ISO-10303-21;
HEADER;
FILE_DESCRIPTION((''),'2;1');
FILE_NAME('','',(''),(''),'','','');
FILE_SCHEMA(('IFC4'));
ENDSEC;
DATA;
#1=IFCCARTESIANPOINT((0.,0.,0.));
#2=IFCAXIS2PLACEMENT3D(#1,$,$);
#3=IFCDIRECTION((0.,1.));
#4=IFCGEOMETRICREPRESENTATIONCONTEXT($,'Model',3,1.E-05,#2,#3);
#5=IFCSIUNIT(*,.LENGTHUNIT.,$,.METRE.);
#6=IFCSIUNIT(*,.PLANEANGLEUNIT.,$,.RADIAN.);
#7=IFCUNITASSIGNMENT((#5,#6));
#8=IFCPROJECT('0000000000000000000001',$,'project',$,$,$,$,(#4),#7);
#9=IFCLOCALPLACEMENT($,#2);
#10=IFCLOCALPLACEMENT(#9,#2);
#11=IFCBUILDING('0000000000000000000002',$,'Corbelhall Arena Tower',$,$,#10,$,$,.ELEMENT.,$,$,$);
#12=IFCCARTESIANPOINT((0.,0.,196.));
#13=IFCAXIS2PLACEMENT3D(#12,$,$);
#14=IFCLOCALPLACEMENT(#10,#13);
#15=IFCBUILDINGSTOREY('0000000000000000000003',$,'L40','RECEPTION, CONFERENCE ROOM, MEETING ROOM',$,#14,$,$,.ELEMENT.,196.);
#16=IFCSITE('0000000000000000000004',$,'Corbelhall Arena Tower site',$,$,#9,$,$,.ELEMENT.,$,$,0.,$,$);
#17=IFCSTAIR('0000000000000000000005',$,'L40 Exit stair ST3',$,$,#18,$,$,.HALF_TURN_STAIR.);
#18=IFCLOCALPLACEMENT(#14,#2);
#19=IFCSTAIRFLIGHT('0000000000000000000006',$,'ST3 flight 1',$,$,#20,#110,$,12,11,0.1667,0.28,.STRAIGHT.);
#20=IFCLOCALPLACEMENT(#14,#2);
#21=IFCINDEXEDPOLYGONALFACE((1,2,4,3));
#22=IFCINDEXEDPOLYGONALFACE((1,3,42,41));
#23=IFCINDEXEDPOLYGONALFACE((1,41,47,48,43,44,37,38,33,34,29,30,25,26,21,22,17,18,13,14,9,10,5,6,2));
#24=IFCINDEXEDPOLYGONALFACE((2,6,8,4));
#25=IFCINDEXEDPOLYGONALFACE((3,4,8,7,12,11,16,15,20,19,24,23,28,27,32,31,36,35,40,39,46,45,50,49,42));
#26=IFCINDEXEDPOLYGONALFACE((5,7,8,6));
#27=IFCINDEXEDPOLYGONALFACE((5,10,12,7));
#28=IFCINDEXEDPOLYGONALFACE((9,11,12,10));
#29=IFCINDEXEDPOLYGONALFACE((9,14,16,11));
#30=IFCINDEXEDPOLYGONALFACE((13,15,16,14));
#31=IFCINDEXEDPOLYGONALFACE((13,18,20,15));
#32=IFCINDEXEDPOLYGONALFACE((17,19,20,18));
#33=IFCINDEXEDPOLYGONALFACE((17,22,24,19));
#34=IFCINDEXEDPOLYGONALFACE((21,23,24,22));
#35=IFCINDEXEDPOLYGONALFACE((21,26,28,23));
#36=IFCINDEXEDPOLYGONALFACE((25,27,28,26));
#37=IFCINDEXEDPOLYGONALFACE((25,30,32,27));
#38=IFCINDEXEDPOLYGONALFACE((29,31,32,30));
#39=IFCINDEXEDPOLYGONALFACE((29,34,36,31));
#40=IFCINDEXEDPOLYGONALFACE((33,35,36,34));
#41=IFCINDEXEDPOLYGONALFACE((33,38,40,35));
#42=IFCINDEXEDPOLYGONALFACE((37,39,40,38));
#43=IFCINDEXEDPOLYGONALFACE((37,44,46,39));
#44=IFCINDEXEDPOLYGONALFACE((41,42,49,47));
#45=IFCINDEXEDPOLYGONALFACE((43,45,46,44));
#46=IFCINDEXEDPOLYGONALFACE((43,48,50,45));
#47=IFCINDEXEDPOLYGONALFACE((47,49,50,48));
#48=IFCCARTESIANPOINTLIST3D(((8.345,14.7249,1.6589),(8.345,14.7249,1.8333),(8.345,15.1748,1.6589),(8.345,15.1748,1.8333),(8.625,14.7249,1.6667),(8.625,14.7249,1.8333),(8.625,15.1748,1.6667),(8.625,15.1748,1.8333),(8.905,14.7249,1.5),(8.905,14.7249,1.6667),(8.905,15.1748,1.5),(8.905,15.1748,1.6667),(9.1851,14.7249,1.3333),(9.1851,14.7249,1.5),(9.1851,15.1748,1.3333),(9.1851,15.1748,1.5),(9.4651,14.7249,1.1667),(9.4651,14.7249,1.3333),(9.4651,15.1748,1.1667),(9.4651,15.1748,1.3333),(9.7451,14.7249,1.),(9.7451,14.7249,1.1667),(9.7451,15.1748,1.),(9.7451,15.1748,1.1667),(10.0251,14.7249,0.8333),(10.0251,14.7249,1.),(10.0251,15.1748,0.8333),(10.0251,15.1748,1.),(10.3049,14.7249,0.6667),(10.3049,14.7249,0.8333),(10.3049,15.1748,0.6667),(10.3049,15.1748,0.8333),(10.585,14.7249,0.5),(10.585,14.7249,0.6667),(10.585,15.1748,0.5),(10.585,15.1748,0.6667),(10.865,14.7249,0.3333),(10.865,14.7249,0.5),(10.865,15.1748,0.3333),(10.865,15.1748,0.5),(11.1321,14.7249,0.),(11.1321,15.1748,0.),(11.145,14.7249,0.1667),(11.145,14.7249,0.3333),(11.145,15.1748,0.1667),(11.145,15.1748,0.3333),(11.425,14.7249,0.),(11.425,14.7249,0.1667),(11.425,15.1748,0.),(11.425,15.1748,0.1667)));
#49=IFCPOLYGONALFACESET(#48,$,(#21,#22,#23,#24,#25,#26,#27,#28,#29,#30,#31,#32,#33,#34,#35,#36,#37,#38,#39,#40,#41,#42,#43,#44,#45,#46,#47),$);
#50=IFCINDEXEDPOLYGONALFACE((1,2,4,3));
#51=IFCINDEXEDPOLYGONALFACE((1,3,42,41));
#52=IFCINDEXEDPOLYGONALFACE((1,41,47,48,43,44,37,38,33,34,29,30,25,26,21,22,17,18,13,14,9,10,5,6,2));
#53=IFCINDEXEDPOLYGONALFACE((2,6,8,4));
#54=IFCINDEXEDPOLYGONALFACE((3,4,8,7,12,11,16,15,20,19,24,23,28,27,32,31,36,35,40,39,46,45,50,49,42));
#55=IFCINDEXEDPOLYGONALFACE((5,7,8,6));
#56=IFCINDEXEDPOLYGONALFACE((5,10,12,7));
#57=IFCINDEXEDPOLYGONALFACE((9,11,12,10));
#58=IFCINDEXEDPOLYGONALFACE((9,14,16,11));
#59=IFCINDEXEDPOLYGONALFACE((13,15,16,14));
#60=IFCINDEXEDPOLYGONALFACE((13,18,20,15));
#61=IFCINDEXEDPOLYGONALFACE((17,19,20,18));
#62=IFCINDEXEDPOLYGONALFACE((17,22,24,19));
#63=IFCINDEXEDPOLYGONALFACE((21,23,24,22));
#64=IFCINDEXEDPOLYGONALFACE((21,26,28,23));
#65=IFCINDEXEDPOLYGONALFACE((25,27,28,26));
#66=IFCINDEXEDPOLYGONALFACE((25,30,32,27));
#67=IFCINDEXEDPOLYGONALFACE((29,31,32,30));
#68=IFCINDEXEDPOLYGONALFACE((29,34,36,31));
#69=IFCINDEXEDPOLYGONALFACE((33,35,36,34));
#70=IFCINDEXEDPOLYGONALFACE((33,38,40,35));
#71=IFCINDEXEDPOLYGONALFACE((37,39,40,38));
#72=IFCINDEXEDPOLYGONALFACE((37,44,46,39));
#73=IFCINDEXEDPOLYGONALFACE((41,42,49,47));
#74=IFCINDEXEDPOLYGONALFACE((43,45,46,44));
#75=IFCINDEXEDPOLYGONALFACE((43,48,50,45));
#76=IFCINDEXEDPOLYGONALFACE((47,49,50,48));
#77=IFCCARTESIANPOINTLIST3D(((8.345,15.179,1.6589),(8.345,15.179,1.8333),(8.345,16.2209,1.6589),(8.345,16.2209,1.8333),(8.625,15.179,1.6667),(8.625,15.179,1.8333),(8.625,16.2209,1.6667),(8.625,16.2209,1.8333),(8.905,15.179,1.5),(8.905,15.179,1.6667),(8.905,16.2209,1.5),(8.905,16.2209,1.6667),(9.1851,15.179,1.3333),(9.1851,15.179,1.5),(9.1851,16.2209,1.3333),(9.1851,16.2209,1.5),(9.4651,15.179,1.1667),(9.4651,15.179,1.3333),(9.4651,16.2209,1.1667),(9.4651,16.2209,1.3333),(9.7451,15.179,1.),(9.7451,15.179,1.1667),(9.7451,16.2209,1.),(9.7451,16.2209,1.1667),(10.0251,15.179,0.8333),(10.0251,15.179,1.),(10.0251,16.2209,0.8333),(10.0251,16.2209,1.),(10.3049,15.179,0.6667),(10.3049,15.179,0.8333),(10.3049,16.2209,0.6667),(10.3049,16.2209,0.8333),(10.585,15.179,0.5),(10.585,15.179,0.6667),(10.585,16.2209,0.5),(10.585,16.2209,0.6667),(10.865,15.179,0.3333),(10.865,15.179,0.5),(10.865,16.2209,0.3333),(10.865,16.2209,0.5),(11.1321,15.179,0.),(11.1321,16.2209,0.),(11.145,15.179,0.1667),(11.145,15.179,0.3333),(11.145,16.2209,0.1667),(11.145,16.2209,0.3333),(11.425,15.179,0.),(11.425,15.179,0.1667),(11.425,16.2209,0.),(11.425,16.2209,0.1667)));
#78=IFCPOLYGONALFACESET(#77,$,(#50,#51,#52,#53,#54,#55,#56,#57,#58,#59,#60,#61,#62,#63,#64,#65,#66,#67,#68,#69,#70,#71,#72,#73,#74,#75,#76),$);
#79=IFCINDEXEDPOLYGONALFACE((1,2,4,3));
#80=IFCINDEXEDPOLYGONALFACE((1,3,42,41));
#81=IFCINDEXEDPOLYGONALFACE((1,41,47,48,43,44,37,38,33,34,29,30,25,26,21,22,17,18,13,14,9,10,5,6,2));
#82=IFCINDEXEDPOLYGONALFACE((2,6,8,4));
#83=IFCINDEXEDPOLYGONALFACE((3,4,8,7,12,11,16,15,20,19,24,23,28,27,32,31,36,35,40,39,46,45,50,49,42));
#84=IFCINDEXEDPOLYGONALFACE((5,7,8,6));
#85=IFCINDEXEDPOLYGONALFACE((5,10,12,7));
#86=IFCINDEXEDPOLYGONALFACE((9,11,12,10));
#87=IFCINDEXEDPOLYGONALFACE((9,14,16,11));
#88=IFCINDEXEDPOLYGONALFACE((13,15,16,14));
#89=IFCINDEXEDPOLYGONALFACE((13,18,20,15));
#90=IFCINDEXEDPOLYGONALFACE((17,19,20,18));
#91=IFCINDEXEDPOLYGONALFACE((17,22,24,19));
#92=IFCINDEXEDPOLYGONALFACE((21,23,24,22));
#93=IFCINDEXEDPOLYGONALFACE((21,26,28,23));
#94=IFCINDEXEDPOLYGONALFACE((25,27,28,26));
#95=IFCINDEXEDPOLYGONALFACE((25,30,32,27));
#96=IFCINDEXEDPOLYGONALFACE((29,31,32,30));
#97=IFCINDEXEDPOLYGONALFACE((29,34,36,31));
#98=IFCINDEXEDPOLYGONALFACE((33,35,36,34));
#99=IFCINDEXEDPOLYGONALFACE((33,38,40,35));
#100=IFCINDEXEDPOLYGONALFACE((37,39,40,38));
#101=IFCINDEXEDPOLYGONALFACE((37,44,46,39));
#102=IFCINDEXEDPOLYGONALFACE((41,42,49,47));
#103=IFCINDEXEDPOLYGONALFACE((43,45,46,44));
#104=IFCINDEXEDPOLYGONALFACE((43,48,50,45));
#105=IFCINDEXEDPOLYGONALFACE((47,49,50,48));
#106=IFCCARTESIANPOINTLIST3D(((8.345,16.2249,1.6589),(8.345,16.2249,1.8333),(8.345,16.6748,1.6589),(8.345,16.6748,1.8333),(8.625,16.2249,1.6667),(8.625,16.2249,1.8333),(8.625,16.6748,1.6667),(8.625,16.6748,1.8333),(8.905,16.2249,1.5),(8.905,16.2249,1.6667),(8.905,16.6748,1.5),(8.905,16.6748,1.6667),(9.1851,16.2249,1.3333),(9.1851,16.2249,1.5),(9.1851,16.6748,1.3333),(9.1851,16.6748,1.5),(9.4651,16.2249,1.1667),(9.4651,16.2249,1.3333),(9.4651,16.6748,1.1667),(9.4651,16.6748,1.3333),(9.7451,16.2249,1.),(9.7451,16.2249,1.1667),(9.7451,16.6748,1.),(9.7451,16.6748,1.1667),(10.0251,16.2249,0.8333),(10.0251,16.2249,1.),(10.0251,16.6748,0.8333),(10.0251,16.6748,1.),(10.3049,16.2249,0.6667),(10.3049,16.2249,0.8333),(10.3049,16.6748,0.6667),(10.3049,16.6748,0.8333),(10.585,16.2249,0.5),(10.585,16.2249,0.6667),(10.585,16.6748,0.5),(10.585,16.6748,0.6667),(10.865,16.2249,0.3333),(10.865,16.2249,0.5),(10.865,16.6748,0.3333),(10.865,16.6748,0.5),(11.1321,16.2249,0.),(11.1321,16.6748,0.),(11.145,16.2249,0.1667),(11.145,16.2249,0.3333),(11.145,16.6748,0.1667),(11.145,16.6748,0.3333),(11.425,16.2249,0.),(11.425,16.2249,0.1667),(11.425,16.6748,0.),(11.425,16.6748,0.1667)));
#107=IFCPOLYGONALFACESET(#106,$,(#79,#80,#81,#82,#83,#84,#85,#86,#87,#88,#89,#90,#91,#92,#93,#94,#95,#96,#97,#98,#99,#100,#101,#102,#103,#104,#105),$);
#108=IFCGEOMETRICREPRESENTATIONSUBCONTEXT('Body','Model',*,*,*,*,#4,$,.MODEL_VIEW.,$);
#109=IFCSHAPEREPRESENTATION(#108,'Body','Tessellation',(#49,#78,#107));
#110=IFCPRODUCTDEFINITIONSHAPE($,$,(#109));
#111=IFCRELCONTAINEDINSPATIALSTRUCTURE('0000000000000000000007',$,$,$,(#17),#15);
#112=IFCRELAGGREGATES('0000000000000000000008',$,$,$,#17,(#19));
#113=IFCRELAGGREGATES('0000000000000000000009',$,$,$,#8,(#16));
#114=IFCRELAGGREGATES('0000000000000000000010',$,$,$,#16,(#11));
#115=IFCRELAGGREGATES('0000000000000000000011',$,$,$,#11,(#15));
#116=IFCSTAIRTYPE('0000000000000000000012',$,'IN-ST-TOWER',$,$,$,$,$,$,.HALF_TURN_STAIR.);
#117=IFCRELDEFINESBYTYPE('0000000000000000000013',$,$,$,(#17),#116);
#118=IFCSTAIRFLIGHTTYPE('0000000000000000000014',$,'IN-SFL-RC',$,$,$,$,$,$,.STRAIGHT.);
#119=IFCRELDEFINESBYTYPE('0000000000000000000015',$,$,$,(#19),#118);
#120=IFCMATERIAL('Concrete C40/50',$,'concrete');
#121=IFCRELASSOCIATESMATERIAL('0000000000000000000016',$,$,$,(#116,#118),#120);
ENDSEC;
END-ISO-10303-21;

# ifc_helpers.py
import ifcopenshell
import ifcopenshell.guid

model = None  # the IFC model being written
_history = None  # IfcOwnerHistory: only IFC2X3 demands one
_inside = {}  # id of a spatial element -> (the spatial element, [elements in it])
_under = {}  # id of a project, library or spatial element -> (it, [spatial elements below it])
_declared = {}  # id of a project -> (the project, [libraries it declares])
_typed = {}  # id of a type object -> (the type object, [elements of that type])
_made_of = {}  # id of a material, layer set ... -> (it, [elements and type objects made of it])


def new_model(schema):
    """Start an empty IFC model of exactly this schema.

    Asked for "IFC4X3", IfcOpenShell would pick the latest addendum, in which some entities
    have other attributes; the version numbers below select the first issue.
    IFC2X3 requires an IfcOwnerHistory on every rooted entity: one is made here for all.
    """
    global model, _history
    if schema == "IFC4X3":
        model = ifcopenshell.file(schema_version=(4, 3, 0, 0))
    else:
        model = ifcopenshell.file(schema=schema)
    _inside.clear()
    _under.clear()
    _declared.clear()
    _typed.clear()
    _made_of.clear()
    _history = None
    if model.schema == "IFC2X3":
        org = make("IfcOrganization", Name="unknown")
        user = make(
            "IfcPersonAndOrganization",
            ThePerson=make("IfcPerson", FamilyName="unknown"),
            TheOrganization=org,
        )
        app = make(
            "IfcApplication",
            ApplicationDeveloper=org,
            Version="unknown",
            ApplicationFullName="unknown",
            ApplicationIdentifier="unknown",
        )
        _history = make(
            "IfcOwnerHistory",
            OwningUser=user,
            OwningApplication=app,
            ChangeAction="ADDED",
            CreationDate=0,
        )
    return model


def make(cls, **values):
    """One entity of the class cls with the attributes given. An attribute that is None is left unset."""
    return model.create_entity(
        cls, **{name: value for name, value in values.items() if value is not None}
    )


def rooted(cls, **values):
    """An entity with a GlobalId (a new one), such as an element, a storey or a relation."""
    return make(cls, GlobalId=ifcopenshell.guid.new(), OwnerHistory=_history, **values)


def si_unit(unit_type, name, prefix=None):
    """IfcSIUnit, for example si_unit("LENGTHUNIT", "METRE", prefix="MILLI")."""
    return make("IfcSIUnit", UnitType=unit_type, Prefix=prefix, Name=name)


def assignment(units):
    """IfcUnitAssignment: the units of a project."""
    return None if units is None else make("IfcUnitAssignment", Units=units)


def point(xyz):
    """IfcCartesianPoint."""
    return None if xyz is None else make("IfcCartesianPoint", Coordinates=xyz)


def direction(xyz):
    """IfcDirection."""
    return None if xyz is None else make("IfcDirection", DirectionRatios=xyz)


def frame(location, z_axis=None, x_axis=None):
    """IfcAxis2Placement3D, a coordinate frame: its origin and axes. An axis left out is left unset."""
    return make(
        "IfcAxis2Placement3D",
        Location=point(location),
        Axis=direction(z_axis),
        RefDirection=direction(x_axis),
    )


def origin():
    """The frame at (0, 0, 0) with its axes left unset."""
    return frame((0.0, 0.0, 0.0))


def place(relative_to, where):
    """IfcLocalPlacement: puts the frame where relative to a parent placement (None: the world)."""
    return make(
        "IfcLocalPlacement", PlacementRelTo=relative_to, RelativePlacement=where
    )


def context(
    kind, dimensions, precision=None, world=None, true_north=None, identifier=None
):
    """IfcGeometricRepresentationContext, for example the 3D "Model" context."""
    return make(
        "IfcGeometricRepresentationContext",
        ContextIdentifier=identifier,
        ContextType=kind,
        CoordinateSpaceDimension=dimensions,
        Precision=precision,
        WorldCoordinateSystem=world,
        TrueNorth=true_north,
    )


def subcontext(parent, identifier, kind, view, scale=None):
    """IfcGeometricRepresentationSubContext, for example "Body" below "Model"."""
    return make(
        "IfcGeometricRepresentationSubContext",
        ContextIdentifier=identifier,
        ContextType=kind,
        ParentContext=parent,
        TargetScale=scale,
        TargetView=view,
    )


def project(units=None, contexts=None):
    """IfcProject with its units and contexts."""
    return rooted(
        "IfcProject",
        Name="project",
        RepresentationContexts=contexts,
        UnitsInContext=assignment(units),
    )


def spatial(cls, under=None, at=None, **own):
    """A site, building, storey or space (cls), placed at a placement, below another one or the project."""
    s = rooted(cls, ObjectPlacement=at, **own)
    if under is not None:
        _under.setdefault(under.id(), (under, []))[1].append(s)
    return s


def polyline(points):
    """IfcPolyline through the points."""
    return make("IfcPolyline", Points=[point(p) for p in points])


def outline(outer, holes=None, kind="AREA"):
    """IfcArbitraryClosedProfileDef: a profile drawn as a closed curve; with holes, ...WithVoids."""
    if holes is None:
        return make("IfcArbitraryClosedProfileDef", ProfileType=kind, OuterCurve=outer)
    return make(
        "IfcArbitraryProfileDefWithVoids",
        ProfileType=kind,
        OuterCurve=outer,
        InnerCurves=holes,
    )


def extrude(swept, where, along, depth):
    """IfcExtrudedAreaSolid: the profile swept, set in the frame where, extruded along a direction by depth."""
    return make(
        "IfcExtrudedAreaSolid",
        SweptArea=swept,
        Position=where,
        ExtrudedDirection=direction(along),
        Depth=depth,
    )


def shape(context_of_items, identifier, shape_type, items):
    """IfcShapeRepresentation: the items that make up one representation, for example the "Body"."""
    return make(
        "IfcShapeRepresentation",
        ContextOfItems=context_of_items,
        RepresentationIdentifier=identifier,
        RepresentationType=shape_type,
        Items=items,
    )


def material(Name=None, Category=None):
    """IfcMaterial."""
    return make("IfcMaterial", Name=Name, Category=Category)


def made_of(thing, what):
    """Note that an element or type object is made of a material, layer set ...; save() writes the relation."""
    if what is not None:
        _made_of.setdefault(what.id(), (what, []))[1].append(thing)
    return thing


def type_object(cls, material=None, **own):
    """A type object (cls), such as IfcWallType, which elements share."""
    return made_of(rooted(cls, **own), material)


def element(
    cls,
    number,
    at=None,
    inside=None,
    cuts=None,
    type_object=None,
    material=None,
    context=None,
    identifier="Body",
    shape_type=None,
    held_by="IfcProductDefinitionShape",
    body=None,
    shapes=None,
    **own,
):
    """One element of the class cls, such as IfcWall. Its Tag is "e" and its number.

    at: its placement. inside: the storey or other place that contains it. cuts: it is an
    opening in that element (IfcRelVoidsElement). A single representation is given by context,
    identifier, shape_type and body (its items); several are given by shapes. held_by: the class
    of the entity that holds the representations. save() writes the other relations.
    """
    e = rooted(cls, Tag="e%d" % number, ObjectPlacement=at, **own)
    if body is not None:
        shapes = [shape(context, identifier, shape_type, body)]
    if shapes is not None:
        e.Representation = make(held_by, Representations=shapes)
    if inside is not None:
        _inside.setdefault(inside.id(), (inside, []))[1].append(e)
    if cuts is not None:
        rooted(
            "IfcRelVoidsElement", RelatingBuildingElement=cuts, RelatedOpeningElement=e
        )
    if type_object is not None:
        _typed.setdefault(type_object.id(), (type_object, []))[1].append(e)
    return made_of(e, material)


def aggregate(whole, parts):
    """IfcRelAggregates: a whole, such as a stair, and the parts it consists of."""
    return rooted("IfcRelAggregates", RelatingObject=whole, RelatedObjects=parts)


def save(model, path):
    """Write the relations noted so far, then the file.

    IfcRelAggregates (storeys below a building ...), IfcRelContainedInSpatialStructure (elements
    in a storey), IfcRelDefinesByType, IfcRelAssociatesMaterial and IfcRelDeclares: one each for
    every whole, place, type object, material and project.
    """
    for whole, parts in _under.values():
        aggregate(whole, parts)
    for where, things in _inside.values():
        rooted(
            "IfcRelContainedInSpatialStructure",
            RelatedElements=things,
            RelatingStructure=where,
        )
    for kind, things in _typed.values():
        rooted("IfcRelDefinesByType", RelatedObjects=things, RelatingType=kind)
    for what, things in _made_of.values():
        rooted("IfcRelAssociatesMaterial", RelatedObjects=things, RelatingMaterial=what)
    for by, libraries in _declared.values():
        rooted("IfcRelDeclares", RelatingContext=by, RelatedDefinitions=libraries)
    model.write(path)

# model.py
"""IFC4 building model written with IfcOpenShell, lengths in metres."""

from ifc_helpers import new_model, si_unit, direction, frame, origin, place, context, subcontext, project, spatial, polyline, outline, extrude, material, type_object, element, aggregate, save


model = new_model("IFC4")

# Units and contexts
model_context = context("Model", 3, precision=1e-05, world=origin(), true_north=direction((0.0, 1.0)))
body_context = subcontext(model_context, "Body", "Model", "MODEL_VIEW")
ifc_project = project(units=[si_unit("LENGTHUNIT", "METRE"), si_unit("PLANEANGLEUNIT", "RADIAN")], contexts=[model_context])

# Site, building, storey
site_placement = place(None, origin())
site = spatial("IfcSite", under=ifc_project, at=site_placement, Name="Corbelhall Arena Tower site", CompositionType="ELEMENT", RefElevation=0.0)
building_placement = place(site_placement, origin())
building = spatial("IfcBuilding", under=site, at=building_placement, Name="Corbelhall Arena Tower", CompositionType="ELEMENT")
storey_placement = place(building_placement, frame((0.0, 0.0, 196.0)))
storey = spatial("IfcBuildingStorey", under=building, at=storey_placement, Name="L40", Description="RECEPTION, CONFERENCE ROOM, MEETING ROOM", CompositionType="ELEMENT", Elevation=196.0)

# Shared definitions
ifc_material_1 = material(Name="Concrete C40/50", Category="concrete")

# Stair, stair flight
stair_type = type_object("IfcStairType", Name="IN-ST-TOWER", PredefinedType="HALF_TURN_STAIR", material=ifc_material_1)
stair_placement = place(storey_placement, origin())
stair = element("IfcStair", 1, at=stair_placement, inside=storey, type_object=stair_type, Name="L40 Exit stair ST3", PredefinedType="HALF_TURN_STAIR")
stair_flight_type = type_object("IfcStairFlightType", Name="IN-SFL-RC", PredefinedType="STRAIGHT", material=ifc_material_1)
stair_flight_placement = place(storey_placement, frame((11.425, 15.7, 0.0), z_axis=(0.0, 0.0, 1.0), x_axis=(-1.0, 0.0, 0.0)))
stair_flight = element("IfcStairFlight", 2, at=stair_flight_placement, type_object=stair_flight_type, Name="ST3 flight 1", NumberOfRisers=12, NumberOfTreads=11, PredefinedType="STRAIGHT", RiserHeight=0.1667, TreadLength=0.28, context=body_context, shape_type="SweptSolid", body=[
    extrude(outline(polyline([(0.0, 0.0), (0.0, 0.1667), (0.28, 0.1667), (0.28, 0.3333), (0.5601, 0.3333), (0.5601, 0.5), (0.8401, 0.5), (0.8401, 0.6667), (1.1201, 0.6667), (1.1201, 0.8333), (1.3999, 0.8333), (1.3999, 1.0), (1.6799, 1.0), (1.6799, 1.1667), (1.96, 1.1667), (1.96, 1.3333), (2.24, 1.3333), (2.24, 1.5), (2.52, 1.5), (2.52, 1.6667), (2.8, 1.6667), (2.8, 1.8333), (3.0801, 1.8333), (3.0801, 2.0), (3.0801, 1.6589), (0.293, 0.0), (0.0, 0.0)])), frame((0.0, 0.9751, 0.0), z_axis=(0.0, -1.0, 0.0), x_axis=(1.0, 0.0, 0.0)), (0.0, 0.0, 1.0), 0.45),
    extrude(outline(polyline([(0.0, 0.0), (0.0, 0.1667), (0.28, 0.1667), (0.28, 0.3333), (0.5601, 0.3333), (0.5601, 0.5), (0.8401, 0.5), (0.8401, 0.6667), (1.1201, 0.6667), (1.1201, 0.8333), (1.3999, 0.8333), (1.3999, 1.0), (1.6799, 1.0), (1.6799, 1.1667), (1.96, 1.1667), (1.96, 1.3333), (2.24, 1.3333), (2.24, 1.5), (2.52, 1.5), (2.52, 1.6667), (2.8, 1.6667), (2.8, 1.8333), (3.0801, 1.8333), (3.0801, 2.0), (3.0801, 1.6589), (0.293, 0.0), (0.0, 0.0)])), frame((0.0, 0.521, 0.0), z_axis=(0.0, -1.0, 0.0), x_axis=(1.0, 0.0, 0.0)), (0.0, 0.0, 1.0), 1.042),
    extrude(outline(polyline([(0.0, 0.0), (0.0, 0.1667), (0.28, 0.1667), (0.28, 0.3333), (0.5601, 0.3333), (0.5601, 0.5), (0.8401, 0.5), (0.8401, 0.6667), (1.1201, 0.6667), (1.1201, 0.8333), (1.3999, 0.8333), (1.3999, 1.0), (1.6799, 1.0), (1.6799, 1.1667), (1.96, 1.1667), (1.96, 1.3333), (2.24, 1.3333), (2.24, 1.5), (2.52, 1.5), (2.52, 1.6667), (2.8, 1.6667), (2.8, 1.8333), (3.0801, 1.8333), (3.0801, 2.0), (3.0801, 1.6589), (0.293, 0.0), (0.0, 0.0)])), frame((0.0, -0.5249, 0.0), z_axis=(0.0, -1.0, 0.0), x_axis=(1.0, 0.0, 0.0)), (0.0, 0.0, 1.0), 0.45),
])
aggregate(stair, [stair_flight])

save(model, "model.ifc")
